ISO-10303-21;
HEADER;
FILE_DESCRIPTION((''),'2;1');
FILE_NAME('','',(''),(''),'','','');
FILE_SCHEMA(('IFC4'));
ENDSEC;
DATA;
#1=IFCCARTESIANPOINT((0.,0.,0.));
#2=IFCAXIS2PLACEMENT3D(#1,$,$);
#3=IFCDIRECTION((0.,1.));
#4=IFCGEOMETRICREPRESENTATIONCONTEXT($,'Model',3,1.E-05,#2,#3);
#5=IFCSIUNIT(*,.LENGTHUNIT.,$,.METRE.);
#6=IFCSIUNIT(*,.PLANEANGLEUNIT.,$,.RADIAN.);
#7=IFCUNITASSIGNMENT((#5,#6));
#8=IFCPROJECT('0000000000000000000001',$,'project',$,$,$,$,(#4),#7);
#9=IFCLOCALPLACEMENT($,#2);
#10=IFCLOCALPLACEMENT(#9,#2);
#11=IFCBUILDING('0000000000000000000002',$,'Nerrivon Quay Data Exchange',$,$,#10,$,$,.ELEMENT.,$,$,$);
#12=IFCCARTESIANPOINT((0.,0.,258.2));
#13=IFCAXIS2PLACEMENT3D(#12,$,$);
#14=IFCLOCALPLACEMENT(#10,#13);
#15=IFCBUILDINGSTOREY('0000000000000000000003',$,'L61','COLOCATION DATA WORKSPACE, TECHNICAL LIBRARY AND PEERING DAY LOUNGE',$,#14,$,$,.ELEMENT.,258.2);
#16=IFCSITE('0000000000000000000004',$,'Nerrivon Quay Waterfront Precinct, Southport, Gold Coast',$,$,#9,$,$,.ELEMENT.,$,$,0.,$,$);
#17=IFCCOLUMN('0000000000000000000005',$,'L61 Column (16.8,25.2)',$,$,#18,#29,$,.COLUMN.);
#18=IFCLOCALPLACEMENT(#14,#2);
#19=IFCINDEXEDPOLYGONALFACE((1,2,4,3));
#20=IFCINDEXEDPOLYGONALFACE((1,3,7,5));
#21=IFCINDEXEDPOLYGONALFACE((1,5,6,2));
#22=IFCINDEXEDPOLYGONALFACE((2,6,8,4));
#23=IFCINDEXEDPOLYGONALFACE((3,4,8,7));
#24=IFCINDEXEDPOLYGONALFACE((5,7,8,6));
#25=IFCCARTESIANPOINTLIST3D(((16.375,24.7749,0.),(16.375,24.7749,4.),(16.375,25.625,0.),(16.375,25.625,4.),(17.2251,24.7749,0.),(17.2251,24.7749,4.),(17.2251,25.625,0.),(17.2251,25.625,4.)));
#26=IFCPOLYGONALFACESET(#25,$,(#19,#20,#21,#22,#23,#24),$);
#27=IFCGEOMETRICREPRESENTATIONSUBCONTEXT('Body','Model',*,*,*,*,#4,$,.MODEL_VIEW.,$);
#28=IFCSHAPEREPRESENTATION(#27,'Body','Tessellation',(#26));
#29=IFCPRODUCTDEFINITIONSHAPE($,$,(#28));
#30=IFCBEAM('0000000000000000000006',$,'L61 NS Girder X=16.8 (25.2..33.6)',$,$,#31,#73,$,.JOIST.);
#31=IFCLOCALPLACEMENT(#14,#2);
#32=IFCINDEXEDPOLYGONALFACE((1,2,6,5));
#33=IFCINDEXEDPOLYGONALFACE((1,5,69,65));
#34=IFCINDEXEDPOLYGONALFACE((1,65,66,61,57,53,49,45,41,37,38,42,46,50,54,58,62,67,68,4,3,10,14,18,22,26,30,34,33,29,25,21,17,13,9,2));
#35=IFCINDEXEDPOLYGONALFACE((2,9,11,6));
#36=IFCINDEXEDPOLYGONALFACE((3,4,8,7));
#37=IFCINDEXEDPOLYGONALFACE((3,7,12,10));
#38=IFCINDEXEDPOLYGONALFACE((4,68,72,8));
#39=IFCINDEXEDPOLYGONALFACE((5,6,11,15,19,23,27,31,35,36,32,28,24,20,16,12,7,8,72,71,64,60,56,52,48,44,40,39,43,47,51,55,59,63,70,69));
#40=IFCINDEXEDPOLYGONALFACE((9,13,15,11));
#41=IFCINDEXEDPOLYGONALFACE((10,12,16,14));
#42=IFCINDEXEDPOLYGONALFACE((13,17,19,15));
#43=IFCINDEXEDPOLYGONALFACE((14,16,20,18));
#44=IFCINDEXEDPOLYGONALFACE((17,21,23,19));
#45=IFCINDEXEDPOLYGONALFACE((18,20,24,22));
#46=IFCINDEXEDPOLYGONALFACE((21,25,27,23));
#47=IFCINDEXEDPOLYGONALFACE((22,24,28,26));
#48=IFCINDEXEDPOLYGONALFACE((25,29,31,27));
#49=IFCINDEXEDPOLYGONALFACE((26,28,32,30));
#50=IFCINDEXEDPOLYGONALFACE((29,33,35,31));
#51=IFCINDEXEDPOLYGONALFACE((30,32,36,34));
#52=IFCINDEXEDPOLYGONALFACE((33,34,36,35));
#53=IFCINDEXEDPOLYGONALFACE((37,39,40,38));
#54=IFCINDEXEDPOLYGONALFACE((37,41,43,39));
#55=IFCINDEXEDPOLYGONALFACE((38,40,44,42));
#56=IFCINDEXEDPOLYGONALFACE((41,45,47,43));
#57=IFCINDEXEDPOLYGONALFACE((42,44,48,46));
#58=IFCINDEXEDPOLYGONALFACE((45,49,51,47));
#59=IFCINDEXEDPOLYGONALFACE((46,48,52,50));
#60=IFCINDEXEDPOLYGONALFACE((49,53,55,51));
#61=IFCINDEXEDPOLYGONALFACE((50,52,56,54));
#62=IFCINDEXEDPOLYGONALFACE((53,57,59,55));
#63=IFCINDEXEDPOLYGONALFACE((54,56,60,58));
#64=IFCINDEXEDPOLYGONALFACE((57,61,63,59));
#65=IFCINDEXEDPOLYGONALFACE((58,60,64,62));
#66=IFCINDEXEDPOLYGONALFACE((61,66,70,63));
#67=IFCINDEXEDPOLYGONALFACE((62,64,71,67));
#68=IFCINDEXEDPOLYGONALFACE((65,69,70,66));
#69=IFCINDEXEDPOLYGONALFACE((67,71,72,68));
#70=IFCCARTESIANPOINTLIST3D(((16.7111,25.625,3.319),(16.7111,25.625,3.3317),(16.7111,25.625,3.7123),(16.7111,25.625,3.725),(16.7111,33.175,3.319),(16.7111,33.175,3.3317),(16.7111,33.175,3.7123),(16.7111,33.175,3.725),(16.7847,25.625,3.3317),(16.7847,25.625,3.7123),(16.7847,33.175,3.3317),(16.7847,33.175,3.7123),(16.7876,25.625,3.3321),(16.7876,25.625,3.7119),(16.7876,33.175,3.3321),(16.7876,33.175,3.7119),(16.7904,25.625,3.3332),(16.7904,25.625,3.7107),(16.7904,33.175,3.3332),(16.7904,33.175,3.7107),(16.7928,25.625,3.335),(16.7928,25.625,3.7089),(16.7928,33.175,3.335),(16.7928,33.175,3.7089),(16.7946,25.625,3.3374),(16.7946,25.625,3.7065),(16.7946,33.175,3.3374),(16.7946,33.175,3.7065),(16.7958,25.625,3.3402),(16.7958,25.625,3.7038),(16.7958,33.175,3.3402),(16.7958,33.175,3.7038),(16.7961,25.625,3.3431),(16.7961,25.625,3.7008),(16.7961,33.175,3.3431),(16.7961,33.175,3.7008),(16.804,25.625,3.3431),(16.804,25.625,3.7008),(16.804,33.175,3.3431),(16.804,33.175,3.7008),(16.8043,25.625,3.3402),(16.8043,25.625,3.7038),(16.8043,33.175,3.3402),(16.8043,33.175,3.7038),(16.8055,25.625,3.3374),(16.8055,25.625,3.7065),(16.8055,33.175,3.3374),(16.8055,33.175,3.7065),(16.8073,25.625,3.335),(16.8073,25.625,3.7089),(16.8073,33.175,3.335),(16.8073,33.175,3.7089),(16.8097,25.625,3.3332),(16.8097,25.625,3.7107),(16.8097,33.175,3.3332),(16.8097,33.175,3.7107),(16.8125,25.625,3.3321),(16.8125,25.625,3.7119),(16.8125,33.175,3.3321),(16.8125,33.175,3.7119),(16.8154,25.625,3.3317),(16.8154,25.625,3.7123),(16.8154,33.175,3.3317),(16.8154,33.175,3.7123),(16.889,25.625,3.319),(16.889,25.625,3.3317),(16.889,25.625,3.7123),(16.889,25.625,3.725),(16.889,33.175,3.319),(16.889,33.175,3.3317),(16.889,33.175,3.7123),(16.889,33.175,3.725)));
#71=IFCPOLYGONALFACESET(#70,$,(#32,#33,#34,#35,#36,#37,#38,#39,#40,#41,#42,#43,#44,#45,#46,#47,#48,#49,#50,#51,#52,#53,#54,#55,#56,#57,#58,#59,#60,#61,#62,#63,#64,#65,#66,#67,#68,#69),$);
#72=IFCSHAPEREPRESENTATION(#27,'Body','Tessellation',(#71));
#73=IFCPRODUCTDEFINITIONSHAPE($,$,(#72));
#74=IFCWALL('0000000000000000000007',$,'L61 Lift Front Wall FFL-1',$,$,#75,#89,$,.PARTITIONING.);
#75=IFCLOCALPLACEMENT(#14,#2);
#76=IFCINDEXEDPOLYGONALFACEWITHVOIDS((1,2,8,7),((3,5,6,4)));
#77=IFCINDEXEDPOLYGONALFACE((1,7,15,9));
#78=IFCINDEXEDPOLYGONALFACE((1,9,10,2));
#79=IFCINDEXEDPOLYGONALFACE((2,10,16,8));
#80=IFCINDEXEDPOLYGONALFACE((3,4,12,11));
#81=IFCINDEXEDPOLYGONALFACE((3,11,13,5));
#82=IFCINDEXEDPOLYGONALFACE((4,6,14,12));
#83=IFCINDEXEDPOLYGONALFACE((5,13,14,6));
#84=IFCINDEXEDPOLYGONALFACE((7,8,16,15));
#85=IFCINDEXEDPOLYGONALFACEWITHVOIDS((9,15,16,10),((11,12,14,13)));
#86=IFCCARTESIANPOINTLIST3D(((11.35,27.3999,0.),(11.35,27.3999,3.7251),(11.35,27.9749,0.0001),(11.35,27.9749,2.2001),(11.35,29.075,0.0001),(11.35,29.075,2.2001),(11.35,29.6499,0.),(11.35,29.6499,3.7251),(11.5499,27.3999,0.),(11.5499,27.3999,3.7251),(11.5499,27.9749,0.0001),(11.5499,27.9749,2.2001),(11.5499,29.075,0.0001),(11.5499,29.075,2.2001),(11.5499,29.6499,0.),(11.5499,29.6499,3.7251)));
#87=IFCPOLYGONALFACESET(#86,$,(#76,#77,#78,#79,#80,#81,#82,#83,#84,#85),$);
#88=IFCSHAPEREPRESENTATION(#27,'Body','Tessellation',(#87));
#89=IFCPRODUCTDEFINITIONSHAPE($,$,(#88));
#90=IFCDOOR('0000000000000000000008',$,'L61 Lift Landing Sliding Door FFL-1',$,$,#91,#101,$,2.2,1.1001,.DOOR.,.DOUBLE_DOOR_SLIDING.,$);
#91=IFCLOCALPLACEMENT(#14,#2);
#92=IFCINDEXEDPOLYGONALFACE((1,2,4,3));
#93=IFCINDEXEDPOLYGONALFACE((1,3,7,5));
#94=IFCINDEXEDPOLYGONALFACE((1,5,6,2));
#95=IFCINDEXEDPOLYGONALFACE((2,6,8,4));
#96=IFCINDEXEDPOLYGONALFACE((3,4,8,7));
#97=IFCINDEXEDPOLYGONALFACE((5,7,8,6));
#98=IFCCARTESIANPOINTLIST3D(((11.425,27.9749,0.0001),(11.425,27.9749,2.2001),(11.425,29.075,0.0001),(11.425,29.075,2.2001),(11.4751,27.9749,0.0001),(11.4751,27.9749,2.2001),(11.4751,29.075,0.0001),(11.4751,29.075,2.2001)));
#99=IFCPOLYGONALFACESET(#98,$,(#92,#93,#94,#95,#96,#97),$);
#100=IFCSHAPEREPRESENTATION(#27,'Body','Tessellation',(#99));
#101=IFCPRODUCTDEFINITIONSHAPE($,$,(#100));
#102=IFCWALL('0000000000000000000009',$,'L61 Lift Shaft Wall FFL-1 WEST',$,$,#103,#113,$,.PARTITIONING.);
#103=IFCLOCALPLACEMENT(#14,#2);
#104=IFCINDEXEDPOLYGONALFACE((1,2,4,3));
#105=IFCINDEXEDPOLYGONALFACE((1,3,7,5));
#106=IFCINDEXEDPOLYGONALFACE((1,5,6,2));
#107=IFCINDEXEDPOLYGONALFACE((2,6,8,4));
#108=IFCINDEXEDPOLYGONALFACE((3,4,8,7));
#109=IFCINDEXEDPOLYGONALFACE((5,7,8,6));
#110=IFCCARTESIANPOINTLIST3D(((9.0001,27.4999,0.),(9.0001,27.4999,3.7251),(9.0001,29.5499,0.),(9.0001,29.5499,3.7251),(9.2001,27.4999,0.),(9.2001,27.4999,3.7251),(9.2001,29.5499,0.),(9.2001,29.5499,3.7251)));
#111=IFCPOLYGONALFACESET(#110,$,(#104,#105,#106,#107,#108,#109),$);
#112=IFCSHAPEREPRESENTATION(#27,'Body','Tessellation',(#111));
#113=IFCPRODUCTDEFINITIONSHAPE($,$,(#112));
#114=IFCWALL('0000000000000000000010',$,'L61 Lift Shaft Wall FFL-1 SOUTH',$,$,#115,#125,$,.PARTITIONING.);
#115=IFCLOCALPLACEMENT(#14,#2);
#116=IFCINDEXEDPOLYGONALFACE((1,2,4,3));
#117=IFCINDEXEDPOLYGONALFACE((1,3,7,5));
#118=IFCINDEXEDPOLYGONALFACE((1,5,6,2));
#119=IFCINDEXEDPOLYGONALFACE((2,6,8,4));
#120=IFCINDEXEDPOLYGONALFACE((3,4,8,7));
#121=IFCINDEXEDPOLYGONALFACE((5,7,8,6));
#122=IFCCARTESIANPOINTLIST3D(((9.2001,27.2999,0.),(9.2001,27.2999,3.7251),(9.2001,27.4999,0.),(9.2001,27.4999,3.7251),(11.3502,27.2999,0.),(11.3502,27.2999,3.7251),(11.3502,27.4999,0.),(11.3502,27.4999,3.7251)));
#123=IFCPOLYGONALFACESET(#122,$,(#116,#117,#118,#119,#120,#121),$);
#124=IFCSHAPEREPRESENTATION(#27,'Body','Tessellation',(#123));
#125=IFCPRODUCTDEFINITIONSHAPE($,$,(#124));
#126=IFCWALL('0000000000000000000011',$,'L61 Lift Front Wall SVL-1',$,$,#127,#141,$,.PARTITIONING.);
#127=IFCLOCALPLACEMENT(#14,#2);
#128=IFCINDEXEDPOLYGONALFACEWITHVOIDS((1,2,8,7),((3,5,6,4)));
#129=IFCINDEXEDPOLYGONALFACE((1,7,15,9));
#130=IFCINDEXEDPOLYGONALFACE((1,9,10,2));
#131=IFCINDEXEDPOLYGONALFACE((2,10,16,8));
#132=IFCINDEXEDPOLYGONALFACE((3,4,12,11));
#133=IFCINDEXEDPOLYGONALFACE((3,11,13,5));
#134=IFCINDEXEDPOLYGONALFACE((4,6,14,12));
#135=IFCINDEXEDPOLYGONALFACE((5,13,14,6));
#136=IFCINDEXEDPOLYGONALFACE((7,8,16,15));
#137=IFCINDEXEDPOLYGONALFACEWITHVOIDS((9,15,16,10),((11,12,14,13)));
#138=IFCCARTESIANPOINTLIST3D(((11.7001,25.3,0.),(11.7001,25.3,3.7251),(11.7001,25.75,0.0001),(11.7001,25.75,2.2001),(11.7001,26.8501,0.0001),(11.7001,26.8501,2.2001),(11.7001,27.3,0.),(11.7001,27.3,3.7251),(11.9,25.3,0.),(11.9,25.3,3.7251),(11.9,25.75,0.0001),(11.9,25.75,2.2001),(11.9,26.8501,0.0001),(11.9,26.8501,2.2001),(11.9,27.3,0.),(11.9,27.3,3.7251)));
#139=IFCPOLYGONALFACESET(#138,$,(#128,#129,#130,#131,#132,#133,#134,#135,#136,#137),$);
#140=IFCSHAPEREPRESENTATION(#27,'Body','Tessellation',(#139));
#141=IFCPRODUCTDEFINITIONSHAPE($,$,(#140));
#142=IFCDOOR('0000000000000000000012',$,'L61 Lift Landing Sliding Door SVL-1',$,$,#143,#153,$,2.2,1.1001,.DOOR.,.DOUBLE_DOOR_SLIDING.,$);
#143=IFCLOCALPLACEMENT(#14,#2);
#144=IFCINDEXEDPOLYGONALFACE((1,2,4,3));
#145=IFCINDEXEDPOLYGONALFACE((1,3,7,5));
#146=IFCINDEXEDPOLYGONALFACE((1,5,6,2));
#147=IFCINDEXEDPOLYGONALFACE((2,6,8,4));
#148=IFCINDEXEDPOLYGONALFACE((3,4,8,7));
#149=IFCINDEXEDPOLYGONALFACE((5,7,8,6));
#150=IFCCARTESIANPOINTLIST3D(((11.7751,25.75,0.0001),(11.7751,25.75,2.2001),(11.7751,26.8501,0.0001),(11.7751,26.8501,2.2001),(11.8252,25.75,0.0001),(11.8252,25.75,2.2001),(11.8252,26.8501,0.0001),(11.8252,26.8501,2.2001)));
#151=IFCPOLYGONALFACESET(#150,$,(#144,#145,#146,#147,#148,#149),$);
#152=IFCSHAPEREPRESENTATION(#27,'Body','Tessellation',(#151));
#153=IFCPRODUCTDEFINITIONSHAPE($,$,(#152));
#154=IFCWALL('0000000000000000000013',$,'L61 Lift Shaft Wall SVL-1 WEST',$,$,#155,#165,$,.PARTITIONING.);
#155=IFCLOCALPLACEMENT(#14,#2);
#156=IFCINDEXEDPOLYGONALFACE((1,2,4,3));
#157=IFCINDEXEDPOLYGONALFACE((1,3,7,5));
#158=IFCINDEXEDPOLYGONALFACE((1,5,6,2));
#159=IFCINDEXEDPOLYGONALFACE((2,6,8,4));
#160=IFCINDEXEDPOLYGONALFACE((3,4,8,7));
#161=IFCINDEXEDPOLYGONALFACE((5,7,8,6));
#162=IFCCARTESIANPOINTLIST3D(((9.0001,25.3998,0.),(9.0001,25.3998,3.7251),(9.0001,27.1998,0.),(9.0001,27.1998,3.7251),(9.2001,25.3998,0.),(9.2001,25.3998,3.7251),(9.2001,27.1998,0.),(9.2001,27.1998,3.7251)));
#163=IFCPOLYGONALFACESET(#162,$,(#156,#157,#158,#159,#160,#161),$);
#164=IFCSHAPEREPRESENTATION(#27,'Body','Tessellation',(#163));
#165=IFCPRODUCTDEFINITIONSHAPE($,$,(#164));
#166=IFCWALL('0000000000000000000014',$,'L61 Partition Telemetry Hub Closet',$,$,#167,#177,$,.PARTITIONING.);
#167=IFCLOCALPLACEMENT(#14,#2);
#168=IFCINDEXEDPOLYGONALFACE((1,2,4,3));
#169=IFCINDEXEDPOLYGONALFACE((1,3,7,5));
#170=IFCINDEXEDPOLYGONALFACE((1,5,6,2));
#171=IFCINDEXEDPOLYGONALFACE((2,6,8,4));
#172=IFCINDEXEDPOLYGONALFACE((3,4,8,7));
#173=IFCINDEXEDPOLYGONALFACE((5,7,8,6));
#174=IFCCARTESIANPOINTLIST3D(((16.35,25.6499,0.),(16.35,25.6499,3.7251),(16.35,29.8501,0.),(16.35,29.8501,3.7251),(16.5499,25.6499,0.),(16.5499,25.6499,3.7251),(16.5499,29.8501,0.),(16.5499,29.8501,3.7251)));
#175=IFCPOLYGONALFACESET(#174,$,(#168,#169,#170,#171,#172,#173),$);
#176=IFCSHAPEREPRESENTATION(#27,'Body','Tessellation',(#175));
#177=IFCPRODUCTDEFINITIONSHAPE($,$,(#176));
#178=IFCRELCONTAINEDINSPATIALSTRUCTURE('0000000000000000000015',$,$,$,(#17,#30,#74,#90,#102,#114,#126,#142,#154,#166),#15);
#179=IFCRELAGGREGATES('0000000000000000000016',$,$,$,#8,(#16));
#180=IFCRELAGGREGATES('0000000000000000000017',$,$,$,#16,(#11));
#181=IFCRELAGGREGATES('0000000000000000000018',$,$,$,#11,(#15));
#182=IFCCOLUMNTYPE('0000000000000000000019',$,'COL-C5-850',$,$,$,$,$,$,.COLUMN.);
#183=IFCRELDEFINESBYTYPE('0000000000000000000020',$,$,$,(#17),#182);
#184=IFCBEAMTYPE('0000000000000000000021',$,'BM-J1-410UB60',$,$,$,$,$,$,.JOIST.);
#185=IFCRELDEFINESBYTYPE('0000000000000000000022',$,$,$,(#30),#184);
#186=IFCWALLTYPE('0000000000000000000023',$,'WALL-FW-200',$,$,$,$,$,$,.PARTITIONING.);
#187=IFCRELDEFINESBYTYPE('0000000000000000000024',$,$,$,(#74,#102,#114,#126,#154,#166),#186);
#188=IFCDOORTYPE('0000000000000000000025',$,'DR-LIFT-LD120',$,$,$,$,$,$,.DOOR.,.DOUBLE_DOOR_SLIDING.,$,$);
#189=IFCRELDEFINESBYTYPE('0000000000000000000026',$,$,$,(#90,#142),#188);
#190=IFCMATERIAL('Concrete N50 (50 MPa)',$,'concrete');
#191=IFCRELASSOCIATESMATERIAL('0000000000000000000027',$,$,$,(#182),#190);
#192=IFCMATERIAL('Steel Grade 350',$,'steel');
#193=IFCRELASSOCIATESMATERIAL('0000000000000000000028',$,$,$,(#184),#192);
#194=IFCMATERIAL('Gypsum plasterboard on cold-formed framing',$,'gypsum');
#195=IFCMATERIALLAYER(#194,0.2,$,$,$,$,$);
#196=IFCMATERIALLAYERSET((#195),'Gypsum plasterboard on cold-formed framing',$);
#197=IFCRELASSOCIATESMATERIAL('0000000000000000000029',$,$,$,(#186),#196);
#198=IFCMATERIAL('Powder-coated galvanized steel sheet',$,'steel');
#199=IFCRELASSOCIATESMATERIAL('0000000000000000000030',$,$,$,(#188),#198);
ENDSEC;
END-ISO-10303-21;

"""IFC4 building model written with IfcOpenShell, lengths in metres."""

from ifc_helpers import new_model, si_unit, direction, frame, frame_2d, origin, origin_2d, place, context, subcontext, project, spatial, rectangle, i_section, extrude, material, layer, layer_set, material_profile, profile_set, type_object, element, fill, save


model = new_model("IFC4")

# Units and contexts
model_context = context("Model", 3, precision=1e-05, world=origin(), true_north=direction((0.0, 1.0)))
body_context = subcontext(model_context, "Body", "Model", "MODEL_VIEW")
ifc_project = project(units=[si_unit("LENGTHUNIT", "METRE"), si_unit("PLANEANGLEUNIT", "RADIAN")], contexts=[model_context])

# Site, building, storey
site_placement = place(None, origin())
site = spatial("IfcSite", under=ifc_project, at=site_placement, Name="Nerrivon Quay Waterfront Precinct, Southport, Gold Coast", CompositionType="ELEMENT", RefElevation=0.0)
building_placement = place(site_placement, origin())
building = spatial("IfcBuilding", under=site, at=building_placement, Name="Nerrivon Quay Data Exchange", CompositionType="ELEMENT")
storey_placement = place(building_placement, frame((0.0, 0.0, 258.2)))
storey = spatial("IfcBuildingStorey", under=building, at=storey_placement, Name="L61", Description="COLOCATION DATA WORKSPACE, TECHNICAL LIBRARY AND PEERING DAY LOUNGE", CompositionType="ELEMENT", Elevation=258.2)

# Column
ifc_material_1 = material(Name="Concrete N50 (50 MPa)", Category="concrete")
ifc_material_profile_1 = material_profile(ifc_material_1, rectangle(XDim=0.8501, YDim=0.8501, at=origin_2d()), Name="RC-COL-850x850")
ifc_profile_set_1 = profile_set([ifc_material_profile_1], Name="Concrete N50 (50 MPa)")
column_type = type_object("IfcColumnType", Name="COL-C5-850", PredefinedType="COLUMN", material=ifc_profile_set_1)
column_placement = place(storey_placement, frame((16.8, 25.2, 0.0), z_axis=(0.0, 0.0, 1.0), x_axis=(1.0, 0.0, 0.0)))
element("IfcColumn", 1, at=column_placement, inside=storey, type_object=column_type, Name="L61 Column (16.8,25.2)", PredefinedType="COLUMN", context=body_context, shape_type="SweptSolid", body=[
    extrude(rectangle(XDim=0.8501, YDim=0.8501, at=origin_2d()), origin(), (0.0, 0.0, 1.0), 4.0),
])

# Beam
ifc_material_2 = material(Name="Steel Grade 350", Category="steel")
ifc_material_profile_2 = material_profile(ifc_material_2, i_section(OverallWidth=0.178, OverallDepth=0.406, WebThickness=0.0078, FlangeThickness=0.0127, FilletRadius=0.0115, at=origin_2d()), Name="410UB59.7")
ifc_profile_set_2 = profile_set([ifc_material_profile_2], Name="Steel Grade 350")
beam_type = type_object("IfcBeamType", Name="BM-J1-410UB60", PredefinedType="JOIST", material=ifc_profile_set_2)
beam_placement = place(storey_placement, frame((16.8, 25.625, 3.522), z_axis=(0.0, 1.0, 0.0), x_axis=(-1.0, 0.0, 0.0)))
element("IfcBeam", 2, at=beam_placement, inside=storey, type_object=beam_type, Name="L61 NS Girder X=16.8 (25.2..33.6)", PredefinedType="JOIST", context=body_context, shape_type="SweptSolid", body=[
    extrude(i_section(OverallWidth=0.178, OverallDepth=0.406, WebThickness=0.0078, FlangeThickness=0.0127, FilletRadius=0.0115, at=origin_2d()), origin(), (0.0, 0.0, 1.0), 7.55),
])

# Wall, opening, door
ifc_material_3 = material(Name="Gypsum plasterboard on cold-formed framing", Category="gypsum")
ifc_layer_1 = layer(ifc_material_3, 0.2)
ifc_layer_set_1 = layer_set([ifc_layer_1], Name="Gypsum plasterboard on cold-formed framing")
wall_type_1 = type_object("IfcWallType", Name="WALL-FW-200", PredefinedType="PARTITIONING", material=ifc_layer_set_1)
wall_1_placement = place(storey_placement, frame((11.45, 27.3999, 0.0), z_axis=(0.0, 0.0, 1.0), x_axis=(0.0, 1.0, 0.0)))
wall_1 = element("IfcWall", 3, at=wall_1_placement, inside=storey, type_object=wall_type_1, Name="L61 Lift Front Wall FFL-1", PredefinedType="PARTITIONING", context=body_context, shape_type="SweptSolid", body=[
    extrude(rectangle(XDim=2.25, YDim=0.2, at=frame_2d((1.125, 0.0))), origin(), (0.0, 0.0, 1.0), 3.7251),
])
opening_1_placement = place(wall_1_placement, frame((0.575, 0.0, 0.0)))
opening_1 = element("IfcOpeningElement", 4, at=opening_1_placement, cuts=wall_1, PredefinedType="OPENING", context=body_context, shape_type="SweptSolid", body=[
    extrude(rectangle(XDim=1.1001, YDim=2.2, at=frame_2d((0.55, 1.1001))), frame((0.0, 0.1099, 0.0), z_axis=(0.0, -1.0, 0.0), x_axis=(1.0, 0.0, 0.0)), (0.0, 0.0, 1.0), 0.22),
])
ifc_material_4 = material(Name="Powder-coated galvanized steel sheet", Category="steel")
door_type_1 = type_object("IfcDoorType", Name="DR-LIFT-LD120", OperationType="DOUBLE_DOOR_SLIDING", PredefinedType="DOOR", material=ifc_material_4)
door_1_placement = place(opening_1_placement, origin())
door_1 = element("IfcDoor", 5, at=door_1_placement, inside=storey, type_object=door_type_1, Name="L61 Lift Landing Sliding Door FFL-1", OperationType="DOUBLE_DOOR_SLIDING", OverallHeight=2.2, OverallWidth=1.1001, PredefinedType="DOOR", context=body_context, shape_type="SweptSolid", body=[
    extrude(rectangle(XDim=1.1001, YDim=2.2, at=frame_2d((0.55, 1.1001))), frame((0.0, 0.0249, 0.0), z_axis=(0.0, -1.0, 0.0), x_axis=(1.0, 0.0, 0.0)), (0.0, 0.0, 1.0), 0.05),
])
fill(opening_1, door_1)

# Walls
wall_2_placement = place(storey_placement, frame((9.1001, 27.5, 0.0), z_axis=(0.0, 0.0, 1.0), x_axis=(0.0, 1.0, 0.0)))
element("IfcWall", 6, at=wall_2_placement, inside=storey, type_object=wall_type_1, Name="L61 Lift Shaft Wall FFL-1 WEST", PredefinedType="PARTITIONING", context=body_context, shape_type="SweptSolid", body=[
    extrude(rectangle(XDim=2.05, YDim=0.2, at=frame_2d((1.0249, 0.0))), origin(), (0.0, 0.0, 1.0), 3.7251),
])
wall_3_placement = place(storey_placement, frame((9.2, 27.3999, 0.0), z_axis=(0.0, 0.0, 1.0), x_axis=(1.0, 0.0, 0.0)))
element("IfcWall", 7, at=wall_3_placement, inside=storey, type_object=wall_type_1, Name="L61 Lift Shaft Wall FFL-1 SOUTH", PredefinedType="PARTITIONING", context=body_context, shape_type="SweptSolid", body=[
    extrude(rectangle(XDim=2.1501, YDim=0.2, at=frame_2d((1.0752, 0.0))), origin(), (0.0, 0.0, 1.0), 3.7251),
])

# Wall, opening, door
wall_4_placement = place(storey_placement, frame((11.8, 25.3, 0.0), z_axis=(0.0, 0.0, 1.0), x_axis=(0.0, 1.0, 0.0)))
wall_4 = element("IfcWall", 8, at=wall_4_placement, inside=storey, type_object=wall_type_1, Name="L61 Lift Front Wall SVL-1", PredefinedType="PARTITIONING", context=body_context, shape_type="SweptSolid", body=[
    extrude(rectangle(XDim=2.0, YDim=0.2, at=frame_2d((1.0, 0.0))), origin(), (0.0, 0.0, 1.0), 3.7251),
])
opening_2_placement = place(wall_4_placement, frame((0.45, 0.0, 0.0)))
opening_2 = element("IfcOpeningElement", 9, at=opening_2_placement, cuts=wall_4, PredefinedType="OPENING", context=body_context, shape_type="SweptSolid", body=[
    extrude(rectangle(XDim=1.1001, YDim=2.2, at=frame_2d((0.55, 1.1001))), frame((0.0, 0.1099, 0.0), z_axis=(0.0, -1.0, 0.0), x_axis=(1.0, 0.0, 0.0)), (0.0, 0.0, 1.0), 0.22),
])
door_2_placement = place(opening_2_placement, origin())
door_2 = element("IfcDoor", 10, at=door_2_placement, inside=storey, type_object=door_type_1, Name="L61 Lift Landing Sliding Door SVL-1", OperationType="DOUBLE_DOOR_SLIDING", OverallHeight=2.2, OverallWidth=1.1001, PredefinedType="DOOR", context=body_context, shape_type="SweptSolid", body=[
    extrude(rectangle(XDim=1.1001, YDim=2.2, at=frame_2d((0.55, 1.1001))), frame((0.0, 0.0249, 0.0), z_axis=(0.0, -1.0, 0.0), x_axis=(1.0, 0.0, 0.0)), (0.0, 0.0, 1.0), 0.05),
])
fill(opening_2, door_2)

# Walls
wall_5_placement = place(storey_placement, frame((9.1001, 25.3999, 0.0), z_axis=(0.0, 0.0, 1.0), x_axis=(0.0, 1.0, 0.0)))
element("IfcWall", 11, at=wall_5_placement, inside=storey, type_object=wall_type_1, Name="L61 Lift Shaft Wall SVL-1 WEST", PredefinedType="PARTITIONING", context=body_context, shape_type="SweptSolid", body=[
    extrude(rectangle(XDim=1.8, YDim=0.2, at=frame_2d((0.8999, 0.0))), origin(), (0.0, 0.0, 1.0), 3.7251),
])
wall_6_placement = place(storey_placement, frame((16.45, 25.6499, 0.0), z_axis=(0.0, 0.0, 1.0), x_axis=(0.0, 1.0, 0.0)))
element("IfcWall", 12, at=wall_6_placement, inside=storey, type_object=wall_type_1, Name="L61 Partition Telemetry Hub Closet", PredefinedType="PARTITIONING", context=body_context, shape_type="SweptSolid", body=[
    extrude(rectangle(XDim=4.2002, YDim=0.2, at=frame_2d((2.1001, 0.0))), origin(), (0.0, 0.0, 1.0), 3.7251),
])

save(model, "model.ifc")
